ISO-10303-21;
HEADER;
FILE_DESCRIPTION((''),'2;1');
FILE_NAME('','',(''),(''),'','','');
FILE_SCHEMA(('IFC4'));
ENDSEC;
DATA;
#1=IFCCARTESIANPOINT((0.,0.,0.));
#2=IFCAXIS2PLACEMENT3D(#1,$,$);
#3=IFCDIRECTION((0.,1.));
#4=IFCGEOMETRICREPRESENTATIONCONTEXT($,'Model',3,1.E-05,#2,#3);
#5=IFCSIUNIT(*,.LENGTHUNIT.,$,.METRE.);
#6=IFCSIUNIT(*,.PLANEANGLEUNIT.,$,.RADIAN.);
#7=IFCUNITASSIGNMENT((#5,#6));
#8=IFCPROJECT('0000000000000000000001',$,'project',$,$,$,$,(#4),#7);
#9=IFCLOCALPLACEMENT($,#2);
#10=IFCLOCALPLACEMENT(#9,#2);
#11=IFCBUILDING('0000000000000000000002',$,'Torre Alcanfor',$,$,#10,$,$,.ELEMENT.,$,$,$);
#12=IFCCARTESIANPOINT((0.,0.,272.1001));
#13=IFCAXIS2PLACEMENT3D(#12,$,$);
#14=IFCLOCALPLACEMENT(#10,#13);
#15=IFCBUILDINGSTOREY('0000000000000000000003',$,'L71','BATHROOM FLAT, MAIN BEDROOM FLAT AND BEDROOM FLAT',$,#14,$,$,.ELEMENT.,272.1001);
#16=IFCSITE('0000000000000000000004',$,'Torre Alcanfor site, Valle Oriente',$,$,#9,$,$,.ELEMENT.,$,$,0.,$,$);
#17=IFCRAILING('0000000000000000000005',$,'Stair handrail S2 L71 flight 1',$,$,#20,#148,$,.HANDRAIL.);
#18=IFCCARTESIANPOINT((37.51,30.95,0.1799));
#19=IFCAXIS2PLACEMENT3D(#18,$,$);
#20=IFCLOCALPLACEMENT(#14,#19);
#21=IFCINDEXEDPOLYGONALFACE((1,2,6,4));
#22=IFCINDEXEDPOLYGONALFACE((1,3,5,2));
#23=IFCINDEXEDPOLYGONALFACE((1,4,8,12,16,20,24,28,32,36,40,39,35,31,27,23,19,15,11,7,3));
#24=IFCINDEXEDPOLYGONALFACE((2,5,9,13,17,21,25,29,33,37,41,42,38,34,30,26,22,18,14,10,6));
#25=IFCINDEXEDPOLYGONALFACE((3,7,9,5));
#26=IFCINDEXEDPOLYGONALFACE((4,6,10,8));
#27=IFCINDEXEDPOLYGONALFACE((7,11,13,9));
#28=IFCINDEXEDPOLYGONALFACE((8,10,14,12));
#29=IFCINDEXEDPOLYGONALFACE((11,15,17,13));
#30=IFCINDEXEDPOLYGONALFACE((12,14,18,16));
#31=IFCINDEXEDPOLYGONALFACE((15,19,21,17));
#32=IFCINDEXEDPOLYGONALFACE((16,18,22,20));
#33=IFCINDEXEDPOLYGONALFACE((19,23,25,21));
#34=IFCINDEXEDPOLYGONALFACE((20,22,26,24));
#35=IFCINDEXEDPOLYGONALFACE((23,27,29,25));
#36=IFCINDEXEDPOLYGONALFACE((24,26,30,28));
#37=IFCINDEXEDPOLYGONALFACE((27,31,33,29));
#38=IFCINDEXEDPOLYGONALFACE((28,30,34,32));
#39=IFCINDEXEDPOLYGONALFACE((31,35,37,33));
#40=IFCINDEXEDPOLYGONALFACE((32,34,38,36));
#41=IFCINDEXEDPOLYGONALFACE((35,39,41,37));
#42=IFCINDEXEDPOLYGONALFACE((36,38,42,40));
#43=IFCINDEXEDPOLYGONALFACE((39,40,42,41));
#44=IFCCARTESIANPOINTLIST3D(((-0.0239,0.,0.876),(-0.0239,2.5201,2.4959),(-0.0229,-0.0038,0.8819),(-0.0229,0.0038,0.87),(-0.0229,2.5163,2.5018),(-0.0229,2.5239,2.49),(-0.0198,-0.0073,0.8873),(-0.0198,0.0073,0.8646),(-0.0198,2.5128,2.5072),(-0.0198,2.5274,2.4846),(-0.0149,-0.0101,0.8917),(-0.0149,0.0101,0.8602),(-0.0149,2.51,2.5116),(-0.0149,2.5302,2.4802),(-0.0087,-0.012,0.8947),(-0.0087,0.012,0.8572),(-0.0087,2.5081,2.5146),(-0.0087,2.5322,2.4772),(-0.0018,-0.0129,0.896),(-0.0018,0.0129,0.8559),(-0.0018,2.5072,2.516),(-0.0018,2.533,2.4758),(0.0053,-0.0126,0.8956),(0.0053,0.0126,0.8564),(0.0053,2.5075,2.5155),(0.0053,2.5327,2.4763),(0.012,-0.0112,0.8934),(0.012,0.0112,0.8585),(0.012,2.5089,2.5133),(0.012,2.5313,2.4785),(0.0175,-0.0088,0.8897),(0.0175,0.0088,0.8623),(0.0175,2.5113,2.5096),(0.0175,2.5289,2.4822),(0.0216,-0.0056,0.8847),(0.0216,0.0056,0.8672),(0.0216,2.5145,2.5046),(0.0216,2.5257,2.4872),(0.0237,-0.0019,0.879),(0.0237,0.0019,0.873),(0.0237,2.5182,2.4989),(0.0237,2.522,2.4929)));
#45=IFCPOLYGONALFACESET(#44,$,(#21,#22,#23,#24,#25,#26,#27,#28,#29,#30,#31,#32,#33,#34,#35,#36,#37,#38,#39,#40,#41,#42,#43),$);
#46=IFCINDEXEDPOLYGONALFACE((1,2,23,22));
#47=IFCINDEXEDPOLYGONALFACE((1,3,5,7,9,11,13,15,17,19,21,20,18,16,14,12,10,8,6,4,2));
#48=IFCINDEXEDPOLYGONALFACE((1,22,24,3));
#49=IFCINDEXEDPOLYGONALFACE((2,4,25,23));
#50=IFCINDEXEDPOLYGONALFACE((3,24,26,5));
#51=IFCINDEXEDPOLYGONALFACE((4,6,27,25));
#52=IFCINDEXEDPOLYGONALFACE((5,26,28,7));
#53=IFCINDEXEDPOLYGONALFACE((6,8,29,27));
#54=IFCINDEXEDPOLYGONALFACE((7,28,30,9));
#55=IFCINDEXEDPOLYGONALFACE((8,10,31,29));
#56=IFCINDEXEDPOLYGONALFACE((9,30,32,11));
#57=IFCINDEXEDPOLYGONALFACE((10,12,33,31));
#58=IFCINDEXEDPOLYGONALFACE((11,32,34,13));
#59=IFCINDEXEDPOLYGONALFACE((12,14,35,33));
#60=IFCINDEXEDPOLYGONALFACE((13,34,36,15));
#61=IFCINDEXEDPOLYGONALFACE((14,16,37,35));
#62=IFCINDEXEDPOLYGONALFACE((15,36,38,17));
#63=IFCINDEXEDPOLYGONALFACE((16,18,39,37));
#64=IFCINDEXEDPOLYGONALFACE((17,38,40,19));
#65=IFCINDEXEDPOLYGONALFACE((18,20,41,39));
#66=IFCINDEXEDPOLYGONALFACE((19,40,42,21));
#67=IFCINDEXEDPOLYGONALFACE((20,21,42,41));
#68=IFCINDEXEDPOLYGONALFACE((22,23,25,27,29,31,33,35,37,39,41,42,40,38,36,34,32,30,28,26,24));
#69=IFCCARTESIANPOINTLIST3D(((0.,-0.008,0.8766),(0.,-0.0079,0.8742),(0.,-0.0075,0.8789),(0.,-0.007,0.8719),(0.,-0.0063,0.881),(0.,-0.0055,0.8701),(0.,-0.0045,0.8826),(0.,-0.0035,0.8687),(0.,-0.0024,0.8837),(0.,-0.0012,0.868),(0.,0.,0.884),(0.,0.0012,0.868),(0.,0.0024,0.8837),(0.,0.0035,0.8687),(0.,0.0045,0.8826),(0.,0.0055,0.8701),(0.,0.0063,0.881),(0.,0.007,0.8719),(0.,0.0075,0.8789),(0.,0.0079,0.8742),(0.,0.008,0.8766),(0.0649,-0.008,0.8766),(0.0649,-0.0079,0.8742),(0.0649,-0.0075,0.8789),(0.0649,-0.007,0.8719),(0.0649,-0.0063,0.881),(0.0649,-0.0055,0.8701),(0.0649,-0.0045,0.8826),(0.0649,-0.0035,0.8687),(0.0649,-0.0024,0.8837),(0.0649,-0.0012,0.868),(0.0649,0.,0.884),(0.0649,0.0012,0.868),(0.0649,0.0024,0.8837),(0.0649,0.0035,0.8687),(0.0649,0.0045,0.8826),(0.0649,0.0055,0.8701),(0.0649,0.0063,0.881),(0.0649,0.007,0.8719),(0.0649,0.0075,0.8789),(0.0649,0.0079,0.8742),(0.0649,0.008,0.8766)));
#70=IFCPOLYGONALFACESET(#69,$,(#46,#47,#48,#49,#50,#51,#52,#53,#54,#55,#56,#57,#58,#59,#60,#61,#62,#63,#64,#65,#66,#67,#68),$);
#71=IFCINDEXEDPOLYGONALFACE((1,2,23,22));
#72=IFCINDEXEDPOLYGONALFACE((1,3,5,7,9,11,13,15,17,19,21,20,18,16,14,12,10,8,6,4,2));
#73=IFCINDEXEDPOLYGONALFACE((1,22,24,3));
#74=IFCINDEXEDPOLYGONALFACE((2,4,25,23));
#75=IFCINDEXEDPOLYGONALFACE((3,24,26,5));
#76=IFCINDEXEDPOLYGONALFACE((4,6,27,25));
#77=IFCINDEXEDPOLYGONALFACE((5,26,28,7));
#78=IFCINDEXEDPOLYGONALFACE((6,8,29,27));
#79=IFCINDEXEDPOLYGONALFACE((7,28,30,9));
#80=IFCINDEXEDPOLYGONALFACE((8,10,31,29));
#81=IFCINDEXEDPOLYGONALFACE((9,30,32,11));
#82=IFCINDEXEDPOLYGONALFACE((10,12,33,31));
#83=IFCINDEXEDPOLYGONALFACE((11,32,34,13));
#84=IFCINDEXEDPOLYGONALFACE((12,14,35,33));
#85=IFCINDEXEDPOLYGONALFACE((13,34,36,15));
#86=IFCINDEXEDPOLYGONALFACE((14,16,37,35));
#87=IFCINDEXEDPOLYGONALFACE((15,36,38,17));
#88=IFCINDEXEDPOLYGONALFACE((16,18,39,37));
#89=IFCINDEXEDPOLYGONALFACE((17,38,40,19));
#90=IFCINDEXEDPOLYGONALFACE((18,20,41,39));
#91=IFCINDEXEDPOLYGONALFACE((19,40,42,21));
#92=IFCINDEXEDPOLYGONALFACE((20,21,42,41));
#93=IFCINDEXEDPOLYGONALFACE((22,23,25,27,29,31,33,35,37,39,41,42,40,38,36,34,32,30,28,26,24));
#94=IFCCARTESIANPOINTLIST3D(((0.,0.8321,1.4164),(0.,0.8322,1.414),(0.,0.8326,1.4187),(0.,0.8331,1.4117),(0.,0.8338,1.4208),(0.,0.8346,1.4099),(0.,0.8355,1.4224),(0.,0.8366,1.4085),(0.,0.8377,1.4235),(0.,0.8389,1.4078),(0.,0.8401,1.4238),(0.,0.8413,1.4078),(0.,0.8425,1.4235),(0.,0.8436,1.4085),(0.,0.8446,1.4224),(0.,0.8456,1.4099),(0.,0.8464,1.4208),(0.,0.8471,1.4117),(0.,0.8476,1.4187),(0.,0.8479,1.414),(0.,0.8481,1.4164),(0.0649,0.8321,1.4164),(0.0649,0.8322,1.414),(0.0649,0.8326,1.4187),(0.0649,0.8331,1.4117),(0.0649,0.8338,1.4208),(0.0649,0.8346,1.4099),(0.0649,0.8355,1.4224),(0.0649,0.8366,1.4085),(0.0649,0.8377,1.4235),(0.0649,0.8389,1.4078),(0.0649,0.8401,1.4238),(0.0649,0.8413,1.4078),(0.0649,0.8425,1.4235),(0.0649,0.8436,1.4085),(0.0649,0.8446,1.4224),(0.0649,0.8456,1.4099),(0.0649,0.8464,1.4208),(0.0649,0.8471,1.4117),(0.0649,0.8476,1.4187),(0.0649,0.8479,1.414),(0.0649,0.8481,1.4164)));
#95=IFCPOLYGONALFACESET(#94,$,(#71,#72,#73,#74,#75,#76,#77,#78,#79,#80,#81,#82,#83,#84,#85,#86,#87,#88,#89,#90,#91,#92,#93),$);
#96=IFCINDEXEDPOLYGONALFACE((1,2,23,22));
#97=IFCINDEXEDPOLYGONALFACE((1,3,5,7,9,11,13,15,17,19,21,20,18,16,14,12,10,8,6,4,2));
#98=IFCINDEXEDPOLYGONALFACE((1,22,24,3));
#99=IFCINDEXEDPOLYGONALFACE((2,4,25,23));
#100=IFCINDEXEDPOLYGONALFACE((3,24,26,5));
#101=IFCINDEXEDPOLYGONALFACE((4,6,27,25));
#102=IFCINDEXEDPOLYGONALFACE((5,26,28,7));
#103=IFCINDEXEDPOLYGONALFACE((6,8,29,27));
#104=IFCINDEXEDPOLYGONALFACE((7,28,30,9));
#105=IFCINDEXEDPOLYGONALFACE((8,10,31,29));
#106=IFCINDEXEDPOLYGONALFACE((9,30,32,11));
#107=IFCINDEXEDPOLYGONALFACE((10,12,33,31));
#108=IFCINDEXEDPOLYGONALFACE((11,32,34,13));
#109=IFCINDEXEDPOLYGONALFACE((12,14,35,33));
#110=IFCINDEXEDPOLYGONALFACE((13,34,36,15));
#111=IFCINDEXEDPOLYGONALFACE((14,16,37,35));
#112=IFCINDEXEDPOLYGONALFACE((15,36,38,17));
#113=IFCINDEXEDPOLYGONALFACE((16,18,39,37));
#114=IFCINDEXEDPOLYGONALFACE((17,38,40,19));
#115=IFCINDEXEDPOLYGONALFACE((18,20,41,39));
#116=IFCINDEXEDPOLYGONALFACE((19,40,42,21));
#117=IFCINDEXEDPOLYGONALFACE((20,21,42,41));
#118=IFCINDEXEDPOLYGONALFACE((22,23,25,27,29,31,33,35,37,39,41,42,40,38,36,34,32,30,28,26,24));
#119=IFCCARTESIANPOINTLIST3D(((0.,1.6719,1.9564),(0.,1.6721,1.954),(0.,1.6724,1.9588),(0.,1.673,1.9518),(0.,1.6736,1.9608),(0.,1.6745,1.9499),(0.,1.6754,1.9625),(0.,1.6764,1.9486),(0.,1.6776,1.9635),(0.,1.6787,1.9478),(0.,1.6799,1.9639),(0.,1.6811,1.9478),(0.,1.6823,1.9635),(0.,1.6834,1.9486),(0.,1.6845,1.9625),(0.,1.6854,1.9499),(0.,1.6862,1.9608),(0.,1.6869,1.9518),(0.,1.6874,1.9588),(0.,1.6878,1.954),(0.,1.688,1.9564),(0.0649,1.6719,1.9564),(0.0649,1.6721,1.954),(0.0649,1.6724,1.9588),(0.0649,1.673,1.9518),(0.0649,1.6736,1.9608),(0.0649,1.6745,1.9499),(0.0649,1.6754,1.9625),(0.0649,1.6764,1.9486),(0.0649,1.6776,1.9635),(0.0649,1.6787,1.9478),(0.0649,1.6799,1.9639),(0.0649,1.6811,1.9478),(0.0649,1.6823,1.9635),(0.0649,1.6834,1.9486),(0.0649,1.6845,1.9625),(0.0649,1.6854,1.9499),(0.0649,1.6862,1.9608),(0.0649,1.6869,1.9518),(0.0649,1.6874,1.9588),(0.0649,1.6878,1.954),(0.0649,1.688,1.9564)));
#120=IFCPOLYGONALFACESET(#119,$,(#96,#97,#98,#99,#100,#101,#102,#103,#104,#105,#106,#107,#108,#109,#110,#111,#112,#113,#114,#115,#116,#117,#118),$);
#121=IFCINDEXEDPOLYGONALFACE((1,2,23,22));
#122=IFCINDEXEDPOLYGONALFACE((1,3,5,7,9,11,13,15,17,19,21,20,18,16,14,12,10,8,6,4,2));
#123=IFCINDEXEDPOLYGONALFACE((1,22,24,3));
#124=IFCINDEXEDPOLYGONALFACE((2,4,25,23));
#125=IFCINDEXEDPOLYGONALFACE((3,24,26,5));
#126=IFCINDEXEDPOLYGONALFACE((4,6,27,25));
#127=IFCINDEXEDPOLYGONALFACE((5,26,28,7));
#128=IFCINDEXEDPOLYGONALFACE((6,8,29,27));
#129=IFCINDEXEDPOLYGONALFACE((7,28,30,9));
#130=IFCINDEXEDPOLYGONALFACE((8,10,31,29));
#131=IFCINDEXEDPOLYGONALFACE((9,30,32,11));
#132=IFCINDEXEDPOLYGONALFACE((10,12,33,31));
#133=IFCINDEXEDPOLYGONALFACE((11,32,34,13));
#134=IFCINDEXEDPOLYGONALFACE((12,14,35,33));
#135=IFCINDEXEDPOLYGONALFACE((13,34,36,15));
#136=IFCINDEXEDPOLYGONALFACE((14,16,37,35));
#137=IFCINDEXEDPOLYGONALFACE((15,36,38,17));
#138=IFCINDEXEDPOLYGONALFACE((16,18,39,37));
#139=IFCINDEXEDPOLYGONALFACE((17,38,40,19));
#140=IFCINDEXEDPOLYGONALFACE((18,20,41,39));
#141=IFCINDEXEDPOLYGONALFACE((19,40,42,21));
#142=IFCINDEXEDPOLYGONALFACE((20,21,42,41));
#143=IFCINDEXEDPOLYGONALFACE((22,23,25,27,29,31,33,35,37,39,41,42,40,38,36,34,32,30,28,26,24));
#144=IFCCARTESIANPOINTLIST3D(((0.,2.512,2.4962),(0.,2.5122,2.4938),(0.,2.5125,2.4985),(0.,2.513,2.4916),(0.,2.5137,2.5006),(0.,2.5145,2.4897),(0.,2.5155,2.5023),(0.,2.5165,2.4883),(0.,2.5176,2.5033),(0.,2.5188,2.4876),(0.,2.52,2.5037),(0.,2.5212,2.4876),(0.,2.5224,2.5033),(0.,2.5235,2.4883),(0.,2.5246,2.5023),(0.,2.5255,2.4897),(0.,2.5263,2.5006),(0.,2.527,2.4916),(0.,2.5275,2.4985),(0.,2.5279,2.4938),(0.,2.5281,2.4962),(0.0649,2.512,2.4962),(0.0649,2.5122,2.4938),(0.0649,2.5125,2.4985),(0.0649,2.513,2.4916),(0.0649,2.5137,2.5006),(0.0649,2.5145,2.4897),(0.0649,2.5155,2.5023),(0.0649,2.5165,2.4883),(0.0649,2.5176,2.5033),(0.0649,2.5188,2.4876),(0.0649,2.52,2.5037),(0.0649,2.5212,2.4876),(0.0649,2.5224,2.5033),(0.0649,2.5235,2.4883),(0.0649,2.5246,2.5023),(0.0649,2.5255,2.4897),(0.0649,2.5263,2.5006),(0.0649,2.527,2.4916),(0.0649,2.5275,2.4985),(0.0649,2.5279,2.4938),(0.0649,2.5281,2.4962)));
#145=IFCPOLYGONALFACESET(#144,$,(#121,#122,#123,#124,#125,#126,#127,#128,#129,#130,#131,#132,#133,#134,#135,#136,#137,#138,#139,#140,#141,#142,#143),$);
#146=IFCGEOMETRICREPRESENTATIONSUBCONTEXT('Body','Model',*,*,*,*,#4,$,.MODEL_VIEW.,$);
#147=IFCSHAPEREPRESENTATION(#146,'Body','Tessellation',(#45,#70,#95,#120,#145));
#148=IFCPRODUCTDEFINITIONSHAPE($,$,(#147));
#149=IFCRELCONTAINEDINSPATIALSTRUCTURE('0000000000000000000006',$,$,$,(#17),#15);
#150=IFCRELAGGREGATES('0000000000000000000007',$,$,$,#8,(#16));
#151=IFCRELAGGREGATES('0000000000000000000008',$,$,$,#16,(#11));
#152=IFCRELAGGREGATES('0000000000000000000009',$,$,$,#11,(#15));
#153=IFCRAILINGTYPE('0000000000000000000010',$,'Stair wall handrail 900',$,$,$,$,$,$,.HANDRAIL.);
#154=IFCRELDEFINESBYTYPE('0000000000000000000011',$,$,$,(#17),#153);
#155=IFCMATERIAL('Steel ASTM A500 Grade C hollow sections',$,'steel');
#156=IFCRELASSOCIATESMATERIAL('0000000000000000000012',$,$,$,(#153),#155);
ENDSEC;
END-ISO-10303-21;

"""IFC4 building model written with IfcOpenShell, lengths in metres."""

from ifc_helpers import new_model, si_unit, direction, frame, origin, origin_2d, place, context, subcontext, project, spatial, circle, extrude, material, type_object, element, save


model = new_model("IFC4")

# Units and contexts
model_context = context("Model", 3, precision=1e-05, world=origin(), true_north=direction((0.0, 1.0)))
body_context = subcontext(model_context, "Body", "Model", "MODEL_VIEW")
ifc_project = project(units=[si_unit("LENGTHUNIT", "METRE"), si_unit("PLANEANGLEUNIT", "RADIAN")], contexts=[model_context])

# Site, building, storey
site_placement = place(None, origin())
site = spatial("IfcSite", under=ifc_project, at=site_placement, Name="Torre Alcanfor site, Valle Oriente", CompositionType="ELEMENT", RefElevation=0.0)
building_placement = place(site_placement, origin())
building = spatial("IfcBuilding", under=site, at=building_placement, Name="Torre Alcanfor", CompositionType="ELEMENT")
storey_placement = place(building_placement, frame((0.0, 0.0, 272.1001)))
storey = spatial("IfcBuildingStorey", under=building, at=storey_placement, Name="L71", Description="BATHROOM FLAT, MAIN BEDROOM FLAT AND BEDROOM FLAT", CompositionType="ELEMENT", Elevation=272.1001)

# Railing
ifc_material_1 = material(Name="Steel ASTM A500 Grade C hollow sections", Category="steel")
railing_type_1 = type_object("IfcRailingType", Name="Stair wall handrail 900", PredefinedType="HANDRAIL", material=ifc_material_1)
railing_1_placement = place(storey_placement, frame((37.51, 30.95, 0.1799)))
element("IfcRailing", 1, at=railing_1_placement, inside=storey, type_object=railing_type_1, Name="Stair handrail S2 L71 flight 1", PredefinedType="HANDRAIL", context=body_context, shape_type="SweptSolid", body=[
    extrude(circle(Radius=0.0239, at=origin_2d()), frame((0.0, 0.0, 0.876), z_axis=(0.0, 0.8412, 0.540725), x_axis=(-1.0, 0.0, 0.0)), (0.0, 0.0, 1.0), 2.9958),
    extrude(circle(Radius=0.0081, at=origin_2d()), frame((0.0, 0.0, 0.876), z_axis=(1.0, 0.0, 0.0), x_axis=(0.0, 0.0, 1.0)), (0.0, 0.0, 1.0), 0.0649),
    extrude(circle(Radius=0.0081, at=origin_2d()), frame((0.0, 0.8401, 1.4158), z_axis=(1.0, 0.0, 0.0), x_axis=(0.0, 0.0, 1.0)), (0.0, 0.0, 1.0), 0.0649),
    extrude(circle(Radius=0.0081, at=origin_2d()), frame((0.0, 1.6799, 1.9558), z_axis=(1.0, 0.0, 0.0), x_axis=(0.0, 0.0, 1.0)), (0.0, 0.0, 1.0), 0.0649),
    extrude(circle(Radius=0.0081, at=origin_2d()), frame((0.0, 2.52, 2.4956), z_axis=(1.0, 0.0, 0.0), x_axis=(0.0, 0.0, 1.0)), (0.0, 0.0, 1.0), 0.0649),
])

save(model, "model.ifc")
